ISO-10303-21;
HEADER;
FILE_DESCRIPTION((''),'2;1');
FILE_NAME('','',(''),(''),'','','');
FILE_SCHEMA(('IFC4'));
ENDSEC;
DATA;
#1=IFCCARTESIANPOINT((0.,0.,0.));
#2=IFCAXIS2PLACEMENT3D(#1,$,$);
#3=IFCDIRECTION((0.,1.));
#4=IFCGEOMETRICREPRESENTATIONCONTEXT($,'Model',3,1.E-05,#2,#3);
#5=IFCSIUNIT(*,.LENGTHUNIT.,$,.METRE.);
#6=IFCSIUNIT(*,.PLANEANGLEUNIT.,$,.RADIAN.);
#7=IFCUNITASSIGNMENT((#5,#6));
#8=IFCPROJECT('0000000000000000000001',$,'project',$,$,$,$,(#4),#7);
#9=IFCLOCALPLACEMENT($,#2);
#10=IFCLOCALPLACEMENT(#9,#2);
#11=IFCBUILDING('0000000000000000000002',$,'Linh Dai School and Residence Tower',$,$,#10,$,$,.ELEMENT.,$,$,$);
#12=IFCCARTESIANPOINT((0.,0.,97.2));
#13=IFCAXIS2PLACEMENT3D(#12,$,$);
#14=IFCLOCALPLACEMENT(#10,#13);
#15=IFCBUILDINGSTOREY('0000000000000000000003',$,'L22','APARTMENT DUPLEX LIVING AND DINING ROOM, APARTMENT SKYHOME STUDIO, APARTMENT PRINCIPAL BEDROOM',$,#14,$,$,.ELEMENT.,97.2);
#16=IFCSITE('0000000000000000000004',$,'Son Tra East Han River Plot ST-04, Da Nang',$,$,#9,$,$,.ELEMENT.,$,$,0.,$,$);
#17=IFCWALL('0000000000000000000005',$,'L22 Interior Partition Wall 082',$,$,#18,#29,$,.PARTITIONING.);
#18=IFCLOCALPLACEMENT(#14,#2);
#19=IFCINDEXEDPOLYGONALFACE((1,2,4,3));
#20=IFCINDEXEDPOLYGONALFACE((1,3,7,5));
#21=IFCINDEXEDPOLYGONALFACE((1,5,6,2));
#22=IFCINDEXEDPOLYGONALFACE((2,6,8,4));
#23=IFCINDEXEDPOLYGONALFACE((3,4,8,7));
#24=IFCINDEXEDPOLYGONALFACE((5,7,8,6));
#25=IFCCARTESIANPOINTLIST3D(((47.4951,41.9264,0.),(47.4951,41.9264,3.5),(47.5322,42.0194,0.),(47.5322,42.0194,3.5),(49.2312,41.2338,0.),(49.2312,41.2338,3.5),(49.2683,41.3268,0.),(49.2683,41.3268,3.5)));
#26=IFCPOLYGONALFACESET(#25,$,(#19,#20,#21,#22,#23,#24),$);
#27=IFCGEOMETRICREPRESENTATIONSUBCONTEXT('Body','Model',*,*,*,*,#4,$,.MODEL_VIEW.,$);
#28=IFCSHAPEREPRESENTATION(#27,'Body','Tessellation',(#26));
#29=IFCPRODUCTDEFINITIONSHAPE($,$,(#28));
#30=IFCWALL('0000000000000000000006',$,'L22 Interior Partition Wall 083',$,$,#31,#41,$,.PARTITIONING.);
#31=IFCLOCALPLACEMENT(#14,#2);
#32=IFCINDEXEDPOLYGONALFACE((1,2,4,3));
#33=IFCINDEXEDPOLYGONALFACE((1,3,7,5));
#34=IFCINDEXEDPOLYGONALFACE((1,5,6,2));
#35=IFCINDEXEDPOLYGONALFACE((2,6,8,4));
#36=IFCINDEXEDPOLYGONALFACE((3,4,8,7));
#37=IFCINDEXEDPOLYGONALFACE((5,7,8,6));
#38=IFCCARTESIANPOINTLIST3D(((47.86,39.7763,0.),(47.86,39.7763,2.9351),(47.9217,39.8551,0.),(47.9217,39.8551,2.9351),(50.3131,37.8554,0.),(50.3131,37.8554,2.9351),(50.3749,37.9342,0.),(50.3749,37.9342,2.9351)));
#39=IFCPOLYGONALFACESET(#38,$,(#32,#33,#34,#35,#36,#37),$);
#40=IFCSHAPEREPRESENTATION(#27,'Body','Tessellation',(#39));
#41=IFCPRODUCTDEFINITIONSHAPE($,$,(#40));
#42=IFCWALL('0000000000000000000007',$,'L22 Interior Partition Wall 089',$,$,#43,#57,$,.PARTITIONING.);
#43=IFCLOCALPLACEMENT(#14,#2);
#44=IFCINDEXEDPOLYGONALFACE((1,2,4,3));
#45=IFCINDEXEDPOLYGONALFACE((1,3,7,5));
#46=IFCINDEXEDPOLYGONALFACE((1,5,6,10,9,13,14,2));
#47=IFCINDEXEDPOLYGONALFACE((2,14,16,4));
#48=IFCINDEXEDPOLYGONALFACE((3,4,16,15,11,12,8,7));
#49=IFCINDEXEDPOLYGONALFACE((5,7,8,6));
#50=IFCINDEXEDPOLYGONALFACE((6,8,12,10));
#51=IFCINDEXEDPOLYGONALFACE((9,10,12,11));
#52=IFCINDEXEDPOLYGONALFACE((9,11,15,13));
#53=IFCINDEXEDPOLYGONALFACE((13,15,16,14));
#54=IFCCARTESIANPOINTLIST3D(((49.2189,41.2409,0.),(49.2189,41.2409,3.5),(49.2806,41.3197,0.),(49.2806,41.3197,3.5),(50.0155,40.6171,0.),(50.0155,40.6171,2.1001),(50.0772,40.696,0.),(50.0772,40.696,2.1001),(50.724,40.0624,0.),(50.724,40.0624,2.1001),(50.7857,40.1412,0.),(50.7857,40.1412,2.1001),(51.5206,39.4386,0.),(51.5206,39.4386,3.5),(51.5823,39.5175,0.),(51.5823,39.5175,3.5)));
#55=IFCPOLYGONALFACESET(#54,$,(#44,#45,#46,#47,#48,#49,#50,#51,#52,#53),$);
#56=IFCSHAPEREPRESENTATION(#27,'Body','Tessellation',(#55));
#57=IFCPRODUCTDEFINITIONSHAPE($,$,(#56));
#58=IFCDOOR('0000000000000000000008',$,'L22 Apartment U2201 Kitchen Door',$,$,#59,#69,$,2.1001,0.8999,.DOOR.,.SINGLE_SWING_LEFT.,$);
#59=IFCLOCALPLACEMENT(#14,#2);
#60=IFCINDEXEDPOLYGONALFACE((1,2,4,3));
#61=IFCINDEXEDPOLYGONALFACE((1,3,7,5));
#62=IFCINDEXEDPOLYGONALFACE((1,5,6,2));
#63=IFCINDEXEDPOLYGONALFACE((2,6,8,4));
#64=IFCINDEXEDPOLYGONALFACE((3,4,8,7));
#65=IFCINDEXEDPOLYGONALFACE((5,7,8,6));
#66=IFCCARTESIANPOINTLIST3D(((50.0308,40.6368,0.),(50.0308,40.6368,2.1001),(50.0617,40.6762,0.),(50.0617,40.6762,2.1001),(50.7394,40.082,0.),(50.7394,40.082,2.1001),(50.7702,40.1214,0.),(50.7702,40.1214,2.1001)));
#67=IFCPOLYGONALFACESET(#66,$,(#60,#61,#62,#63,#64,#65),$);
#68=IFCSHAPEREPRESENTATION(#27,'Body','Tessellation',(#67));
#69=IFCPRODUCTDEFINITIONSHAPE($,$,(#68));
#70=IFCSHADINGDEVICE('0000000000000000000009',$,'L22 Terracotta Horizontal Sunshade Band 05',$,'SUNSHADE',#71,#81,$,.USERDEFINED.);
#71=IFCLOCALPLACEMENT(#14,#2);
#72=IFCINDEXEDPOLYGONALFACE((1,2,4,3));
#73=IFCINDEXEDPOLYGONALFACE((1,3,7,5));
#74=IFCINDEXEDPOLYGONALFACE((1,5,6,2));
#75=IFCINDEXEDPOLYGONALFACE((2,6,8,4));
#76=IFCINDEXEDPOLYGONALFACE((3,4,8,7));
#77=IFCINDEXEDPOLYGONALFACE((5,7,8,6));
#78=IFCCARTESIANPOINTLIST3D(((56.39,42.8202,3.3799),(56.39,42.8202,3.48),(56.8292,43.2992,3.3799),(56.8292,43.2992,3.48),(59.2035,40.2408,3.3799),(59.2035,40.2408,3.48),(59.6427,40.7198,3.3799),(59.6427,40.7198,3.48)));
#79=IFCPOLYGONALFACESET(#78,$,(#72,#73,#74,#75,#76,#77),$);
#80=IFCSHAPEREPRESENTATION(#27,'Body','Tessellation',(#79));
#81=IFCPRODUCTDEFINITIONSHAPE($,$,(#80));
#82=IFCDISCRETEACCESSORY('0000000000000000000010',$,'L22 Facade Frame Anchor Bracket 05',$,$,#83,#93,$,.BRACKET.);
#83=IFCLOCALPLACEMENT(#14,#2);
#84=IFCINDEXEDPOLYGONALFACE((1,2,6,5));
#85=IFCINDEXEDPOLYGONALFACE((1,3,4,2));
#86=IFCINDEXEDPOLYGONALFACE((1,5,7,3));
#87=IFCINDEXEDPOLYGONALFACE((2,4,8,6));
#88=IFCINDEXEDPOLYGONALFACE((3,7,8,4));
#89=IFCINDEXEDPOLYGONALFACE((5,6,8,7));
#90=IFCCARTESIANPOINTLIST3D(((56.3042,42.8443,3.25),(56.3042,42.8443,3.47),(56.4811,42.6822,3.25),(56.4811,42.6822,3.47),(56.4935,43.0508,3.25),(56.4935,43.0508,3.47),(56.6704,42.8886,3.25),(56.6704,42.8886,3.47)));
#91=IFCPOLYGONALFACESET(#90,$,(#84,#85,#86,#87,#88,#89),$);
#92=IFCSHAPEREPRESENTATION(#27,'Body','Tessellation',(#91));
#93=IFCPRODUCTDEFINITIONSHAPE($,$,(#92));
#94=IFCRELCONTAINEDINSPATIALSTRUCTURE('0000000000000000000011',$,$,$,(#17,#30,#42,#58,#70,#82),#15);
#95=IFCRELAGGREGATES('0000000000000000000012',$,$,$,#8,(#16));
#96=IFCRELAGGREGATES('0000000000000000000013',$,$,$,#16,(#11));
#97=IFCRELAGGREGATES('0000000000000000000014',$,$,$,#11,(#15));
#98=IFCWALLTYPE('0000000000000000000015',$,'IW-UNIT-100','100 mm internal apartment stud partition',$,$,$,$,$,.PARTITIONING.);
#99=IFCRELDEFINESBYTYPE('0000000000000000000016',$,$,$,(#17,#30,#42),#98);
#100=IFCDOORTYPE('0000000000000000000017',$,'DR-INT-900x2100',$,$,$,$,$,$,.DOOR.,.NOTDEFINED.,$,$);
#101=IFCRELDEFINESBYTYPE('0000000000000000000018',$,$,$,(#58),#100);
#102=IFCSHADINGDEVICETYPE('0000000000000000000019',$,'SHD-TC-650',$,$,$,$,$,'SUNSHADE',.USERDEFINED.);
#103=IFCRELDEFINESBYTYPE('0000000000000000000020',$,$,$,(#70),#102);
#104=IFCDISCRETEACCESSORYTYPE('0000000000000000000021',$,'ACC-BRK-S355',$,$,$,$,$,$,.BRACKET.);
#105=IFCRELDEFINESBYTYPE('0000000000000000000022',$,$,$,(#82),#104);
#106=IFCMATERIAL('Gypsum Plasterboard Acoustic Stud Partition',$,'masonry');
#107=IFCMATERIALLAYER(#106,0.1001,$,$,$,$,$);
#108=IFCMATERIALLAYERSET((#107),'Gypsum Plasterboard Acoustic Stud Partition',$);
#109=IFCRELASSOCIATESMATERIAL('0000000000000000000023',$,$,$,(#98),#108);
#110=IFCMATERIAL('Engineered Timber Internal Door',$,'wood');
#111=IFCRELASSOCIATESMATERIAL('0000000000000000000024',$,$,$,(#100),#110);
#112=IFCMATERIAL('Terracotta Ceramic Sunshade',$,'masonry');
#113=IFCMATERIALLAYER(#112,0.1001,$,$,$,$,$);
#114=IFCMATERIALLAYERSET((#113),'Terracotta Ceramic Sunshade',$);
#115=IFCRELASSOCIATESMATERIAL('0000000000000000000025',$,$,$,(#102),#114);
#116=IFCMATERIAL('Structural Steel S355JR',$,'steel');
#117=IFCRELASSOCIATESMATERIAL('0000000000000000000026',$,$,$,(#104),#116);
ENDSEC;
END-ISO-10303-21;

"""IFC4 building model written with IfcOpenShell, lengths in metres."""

from ifc_helpers import new_model, si_unit, direction, frame, frame_2d, origin, origin_2d, place, context, subcontext, project, spatial, rectangle, extrude, source, transform, mapped, material, layer, layer_set, type_object, element, fill, save


model = new_model("IFC4")

# Units and contexts
model_context = context("Model", 3, precision=1e-05, world=origin(), true_north=direction((0.0, 1.0)))
body_context = subcontext(model_context, "Body", "Model", "MODEL_VIEW")
ifc_project = project(units=[si_unit("LENGTHUNIT", "METRE"), si_unit("PLANEANGLEUNIT", "RADIAN")], contexts=[model_context])

# Site, building, storey
site_placement = place(None, origin())
site = spatial("IfcSite", under=ifc_project, at=site_placement, Name="Son Tra East Han River Plot ST-04, Da Nang", CompositionType="ELEMENT", RefElevation=0.0)
building_placement = place(site_placement, origin())
building = spatial("IfcBuilding", under=site, at=building_placement, Name="Linh Dai School and Residence Tower", CompositionType="ELEMENT")
storey_placement = place(building_placement, frame((0.0, 0.0, 97.2)))
storey = spatial("IfcBuildingStorey", under=building, at=storey_placement, Name="L22", Description="APARTMENT DUPLEX LIVING AND DINING ROOM, APARTMENT SKYHOME STUDIO, APARTMENT PRINCIPAL BEDROOM", CompositionType="ELEMENT", Elevation=97.2)

# Shared definitions
ifc_material_1 = material(Name="Structural Steel S355JR", Category="steel")

# Walls
ifc_material_2 = material(Name="Gypsum Plasterboard Acoustic Stud Partition", Category="masonry")
ifc_layer_1 = layer(ifc_material_2, 0.1001)
ifc_layer_set_1 = layer_set([ifc_layer_1], Name="Gypsum Plasterboard Acoustic Stud Partition")
wall_type_1 = type_object("IfcWallType", Name="IW-UNIT-100", Description="100 mm internal apartment stud partition", PredefinedType="PARTITIONING", material=ifc_layer_set_1)
wall_1_placement = place(storey_placement, frame((47.5137, 41.9729, 0.0), z_axis=(0.0, 0.0, 1.0), x_axis=(0.92881, -0.370557, 0.0)))
element("IfcWall", 1, at=wall_1_placement, inside=storey, type_object=wall_type_1, Name="L22 Interior Partition Wall 082", PredefinedType="PARTITIONING", context=body_context, shape_type="SweptSolid", body=[
    extrude(rectangle(XDim=1.8691, YDim=0.1001, at=frame_2d((0.9346, 0.0))), origin(), (0.0, 0.0, 1.0), 3.5),
])
wall_2_placement = place(storey_placement, frame((47.8909, 39.8157, 0.0), z_axis=(0.0, 0.0, 1.0), x_axis=(0.78734, -0.61652, 0.0)))
element("IfcWall", 2, at=wall_2_placement, inside=storey, type_object=wall_type_1, Name="L22 Interior Partition Wall 083", PredefinedType="PARTITIONING", context=body_context, shape_type="SweptSolid", body=[
    extrude(rectangle(XDim=3.1157, YDim=0.1001, at=frame_2d((1.5579, 0.0))), origin(), (0.0, 0.0, 1.0), 2.9351),
])

# Wall, opening, door
wall_3_placement = place(storey_placement, frame((49.2498, 41.2803, 0.0), z_axis=(0.0, 0.0, 1.0), x_axis=(0.78736, -0.616493, 0.0)))
wall_3 = element("IfcWall", 3, at=wall_3_placement, inside=storey, type_object=wall_type_1, Name="L22 Interior Partition Wall 089", PredefinedType="PARTITIONING", context=body_context, shape_type="SweptSolid", body=[
    extrude(rectangle(XDim=2.9233, YDim=0.1001, at=frame_2d((1.4617, 0.0))), origin(), (0.0, 0.0, 1.0), 3.5),
])
opening_1_placement = place(wall_3_placement, frame((1.0117, 0.0, 0.0)))
opening_1 = element("IfcOpeningElement", 4, at=opening_1_placement, cuts=wall_3, PredefinedType="OPENING", context=body_context, shape_type="SweptSolid", body=[
    extrude(rectangle(XDim=0.8999, YDim=2.1001, at=origin_2d()), frame((0.45, 0.0601, 1.05), z_axis=(0.0, -1.0, 0.0), x_axis=(1.0, 0.0, 0.0)), (0.0, 0.0, 1.0), 0.1201),
])
ifc_material_3 = material(Name="Engineered Timber Internal Door", Category="wood")
door_type = type_object("IfcDoorType", Name="DR-INT-900x2100", OperationType="NOTDEFINED", PredefinedType="DOOR", material=ifc_material_3)
shared_shape_1 = source(origin(), body_context, "Body", "SweptSolid", [
    extrude(rectangle(XDim=0.8999, YDim=2.1001, at=origin_2d()), frame((0.45, 0.0249, 1.05), z_axis=(0.0, -1.0, 0.0), x_axis=(1.0, 0.0, 0.0)), (0.0, 0.0, 1.0), 0.05),
])
door_placement = place(opening_1_placement, origin())
door = element("IfcDoor", 5, at=door_placement, inside=storey, type_object=door_type, Name="L22 Apartment U2201 Kitchen Door", OperationType="SINGLE_SWING_LEFT", OverallHeight=2.1001, OverallWidth=0.8999, PredefinedType="DOOR", context=body_context, shape_type="MappedRepresentation", body=[
    mapped(shared_shape_1, transform((0.0, 0.0, 0.0), x_axis=(1.0, 0.0, 0.0), y_axis=(0.0, 1.0, 0.0), z_axis=(0.0, 0.0, 1.0), scale=1.0)),
])
fill(opening_1, door)

# Shading device
ifc_material_4 = material(Name="Terracotta Ceramic Sunshade", Category="masonry")
ifc_layer_2 = layer(ifc_material_4, 0.1001)
ifc_layer_set_2 = layer_set([ifc_layer_2], Name="Terracotta Ceramic Sunshade")
shading_device_type = type_object("IfcShadingDeviceType", Name="SHD-TC-650", ElementType="SUNSHADE", PredefinedType="USERDEFINED", material=ifc_layer_set_2)
shared_shape_2 = source(origin(), body_context, "Body", "SweptSolid", [
    extrude(rectangle(XDim=3.8169, YDim=0.6499, at=origin_2d()), origin(), (0.0, 0.0, 1.0), 0.1001),
])
shading_device_placement = place(storey_placement, frame((58.0164, 41.77, 3.3799), z_axis=(0.0, 0.0, 1.0), x_axis=(0.7371, -0.675783, 0.0)))
element("IfcShadingDevice", 6, at=shading_device_placement, inside=storey, type_object=shading_device_type, Name="L22 Terracotta Horizontal Sunshade Band 05", ObjectType="SUNSHADE", PredefinedType="USERDEFINED", context=body_context, shape_type="MappedRepresentation", body=[
    mapped(shared_shape_2, transform((0.0, 0.0, 0.0), x_axis=(1.0, 0.0, 0.0), y_axis=(0.0, 1.0, 0.0), z_axis=(0.0, 0.0, 1.0), scale=1.0)),
])

# Discrete accessory
discrete_accessory_type = type_object("IfcDiscreteAccessoryType", Name="ACC-BRK-S355", PredefinedType="BRACKET", material=ifc_material_1)
shared_shape_3 = source(origin(), body_context, "Body", "SweptSolid", [
    extrude(rectangle(XDim=0.28, YDim=0.24, at=origin_2d()), origin(), (0.0, 0.0, 1.0), 0.22),
])
discrete_accessory_placement = place(storey_placement, frame((56.4873, 42.8665, 3.25), z_axis=(0.0, 0.0, 1.0), x_axis=(0.675783, 0.7371, 0.0)))
element("IfcDiscreteAccessory", 7, at=discrete_accessory_placement, inside=storey, type_object=discrete_accessory_type, Name="L22 Facade Frame Anchor Bracket 05", PredefinedType="BRACKET", context=body_context, shape_type="MappedRepresentation", body=[
    mapped(shared_shape_3, transform((0.0, 0.0, 0.0), x_axis=(1.0, 0.0, 0.0), y_axis=(0.0, 1.0, 0.0), z_axis=(0.0, 0.0, 1.0), scale=1.0)),
])

save(model, "model.ifc")
